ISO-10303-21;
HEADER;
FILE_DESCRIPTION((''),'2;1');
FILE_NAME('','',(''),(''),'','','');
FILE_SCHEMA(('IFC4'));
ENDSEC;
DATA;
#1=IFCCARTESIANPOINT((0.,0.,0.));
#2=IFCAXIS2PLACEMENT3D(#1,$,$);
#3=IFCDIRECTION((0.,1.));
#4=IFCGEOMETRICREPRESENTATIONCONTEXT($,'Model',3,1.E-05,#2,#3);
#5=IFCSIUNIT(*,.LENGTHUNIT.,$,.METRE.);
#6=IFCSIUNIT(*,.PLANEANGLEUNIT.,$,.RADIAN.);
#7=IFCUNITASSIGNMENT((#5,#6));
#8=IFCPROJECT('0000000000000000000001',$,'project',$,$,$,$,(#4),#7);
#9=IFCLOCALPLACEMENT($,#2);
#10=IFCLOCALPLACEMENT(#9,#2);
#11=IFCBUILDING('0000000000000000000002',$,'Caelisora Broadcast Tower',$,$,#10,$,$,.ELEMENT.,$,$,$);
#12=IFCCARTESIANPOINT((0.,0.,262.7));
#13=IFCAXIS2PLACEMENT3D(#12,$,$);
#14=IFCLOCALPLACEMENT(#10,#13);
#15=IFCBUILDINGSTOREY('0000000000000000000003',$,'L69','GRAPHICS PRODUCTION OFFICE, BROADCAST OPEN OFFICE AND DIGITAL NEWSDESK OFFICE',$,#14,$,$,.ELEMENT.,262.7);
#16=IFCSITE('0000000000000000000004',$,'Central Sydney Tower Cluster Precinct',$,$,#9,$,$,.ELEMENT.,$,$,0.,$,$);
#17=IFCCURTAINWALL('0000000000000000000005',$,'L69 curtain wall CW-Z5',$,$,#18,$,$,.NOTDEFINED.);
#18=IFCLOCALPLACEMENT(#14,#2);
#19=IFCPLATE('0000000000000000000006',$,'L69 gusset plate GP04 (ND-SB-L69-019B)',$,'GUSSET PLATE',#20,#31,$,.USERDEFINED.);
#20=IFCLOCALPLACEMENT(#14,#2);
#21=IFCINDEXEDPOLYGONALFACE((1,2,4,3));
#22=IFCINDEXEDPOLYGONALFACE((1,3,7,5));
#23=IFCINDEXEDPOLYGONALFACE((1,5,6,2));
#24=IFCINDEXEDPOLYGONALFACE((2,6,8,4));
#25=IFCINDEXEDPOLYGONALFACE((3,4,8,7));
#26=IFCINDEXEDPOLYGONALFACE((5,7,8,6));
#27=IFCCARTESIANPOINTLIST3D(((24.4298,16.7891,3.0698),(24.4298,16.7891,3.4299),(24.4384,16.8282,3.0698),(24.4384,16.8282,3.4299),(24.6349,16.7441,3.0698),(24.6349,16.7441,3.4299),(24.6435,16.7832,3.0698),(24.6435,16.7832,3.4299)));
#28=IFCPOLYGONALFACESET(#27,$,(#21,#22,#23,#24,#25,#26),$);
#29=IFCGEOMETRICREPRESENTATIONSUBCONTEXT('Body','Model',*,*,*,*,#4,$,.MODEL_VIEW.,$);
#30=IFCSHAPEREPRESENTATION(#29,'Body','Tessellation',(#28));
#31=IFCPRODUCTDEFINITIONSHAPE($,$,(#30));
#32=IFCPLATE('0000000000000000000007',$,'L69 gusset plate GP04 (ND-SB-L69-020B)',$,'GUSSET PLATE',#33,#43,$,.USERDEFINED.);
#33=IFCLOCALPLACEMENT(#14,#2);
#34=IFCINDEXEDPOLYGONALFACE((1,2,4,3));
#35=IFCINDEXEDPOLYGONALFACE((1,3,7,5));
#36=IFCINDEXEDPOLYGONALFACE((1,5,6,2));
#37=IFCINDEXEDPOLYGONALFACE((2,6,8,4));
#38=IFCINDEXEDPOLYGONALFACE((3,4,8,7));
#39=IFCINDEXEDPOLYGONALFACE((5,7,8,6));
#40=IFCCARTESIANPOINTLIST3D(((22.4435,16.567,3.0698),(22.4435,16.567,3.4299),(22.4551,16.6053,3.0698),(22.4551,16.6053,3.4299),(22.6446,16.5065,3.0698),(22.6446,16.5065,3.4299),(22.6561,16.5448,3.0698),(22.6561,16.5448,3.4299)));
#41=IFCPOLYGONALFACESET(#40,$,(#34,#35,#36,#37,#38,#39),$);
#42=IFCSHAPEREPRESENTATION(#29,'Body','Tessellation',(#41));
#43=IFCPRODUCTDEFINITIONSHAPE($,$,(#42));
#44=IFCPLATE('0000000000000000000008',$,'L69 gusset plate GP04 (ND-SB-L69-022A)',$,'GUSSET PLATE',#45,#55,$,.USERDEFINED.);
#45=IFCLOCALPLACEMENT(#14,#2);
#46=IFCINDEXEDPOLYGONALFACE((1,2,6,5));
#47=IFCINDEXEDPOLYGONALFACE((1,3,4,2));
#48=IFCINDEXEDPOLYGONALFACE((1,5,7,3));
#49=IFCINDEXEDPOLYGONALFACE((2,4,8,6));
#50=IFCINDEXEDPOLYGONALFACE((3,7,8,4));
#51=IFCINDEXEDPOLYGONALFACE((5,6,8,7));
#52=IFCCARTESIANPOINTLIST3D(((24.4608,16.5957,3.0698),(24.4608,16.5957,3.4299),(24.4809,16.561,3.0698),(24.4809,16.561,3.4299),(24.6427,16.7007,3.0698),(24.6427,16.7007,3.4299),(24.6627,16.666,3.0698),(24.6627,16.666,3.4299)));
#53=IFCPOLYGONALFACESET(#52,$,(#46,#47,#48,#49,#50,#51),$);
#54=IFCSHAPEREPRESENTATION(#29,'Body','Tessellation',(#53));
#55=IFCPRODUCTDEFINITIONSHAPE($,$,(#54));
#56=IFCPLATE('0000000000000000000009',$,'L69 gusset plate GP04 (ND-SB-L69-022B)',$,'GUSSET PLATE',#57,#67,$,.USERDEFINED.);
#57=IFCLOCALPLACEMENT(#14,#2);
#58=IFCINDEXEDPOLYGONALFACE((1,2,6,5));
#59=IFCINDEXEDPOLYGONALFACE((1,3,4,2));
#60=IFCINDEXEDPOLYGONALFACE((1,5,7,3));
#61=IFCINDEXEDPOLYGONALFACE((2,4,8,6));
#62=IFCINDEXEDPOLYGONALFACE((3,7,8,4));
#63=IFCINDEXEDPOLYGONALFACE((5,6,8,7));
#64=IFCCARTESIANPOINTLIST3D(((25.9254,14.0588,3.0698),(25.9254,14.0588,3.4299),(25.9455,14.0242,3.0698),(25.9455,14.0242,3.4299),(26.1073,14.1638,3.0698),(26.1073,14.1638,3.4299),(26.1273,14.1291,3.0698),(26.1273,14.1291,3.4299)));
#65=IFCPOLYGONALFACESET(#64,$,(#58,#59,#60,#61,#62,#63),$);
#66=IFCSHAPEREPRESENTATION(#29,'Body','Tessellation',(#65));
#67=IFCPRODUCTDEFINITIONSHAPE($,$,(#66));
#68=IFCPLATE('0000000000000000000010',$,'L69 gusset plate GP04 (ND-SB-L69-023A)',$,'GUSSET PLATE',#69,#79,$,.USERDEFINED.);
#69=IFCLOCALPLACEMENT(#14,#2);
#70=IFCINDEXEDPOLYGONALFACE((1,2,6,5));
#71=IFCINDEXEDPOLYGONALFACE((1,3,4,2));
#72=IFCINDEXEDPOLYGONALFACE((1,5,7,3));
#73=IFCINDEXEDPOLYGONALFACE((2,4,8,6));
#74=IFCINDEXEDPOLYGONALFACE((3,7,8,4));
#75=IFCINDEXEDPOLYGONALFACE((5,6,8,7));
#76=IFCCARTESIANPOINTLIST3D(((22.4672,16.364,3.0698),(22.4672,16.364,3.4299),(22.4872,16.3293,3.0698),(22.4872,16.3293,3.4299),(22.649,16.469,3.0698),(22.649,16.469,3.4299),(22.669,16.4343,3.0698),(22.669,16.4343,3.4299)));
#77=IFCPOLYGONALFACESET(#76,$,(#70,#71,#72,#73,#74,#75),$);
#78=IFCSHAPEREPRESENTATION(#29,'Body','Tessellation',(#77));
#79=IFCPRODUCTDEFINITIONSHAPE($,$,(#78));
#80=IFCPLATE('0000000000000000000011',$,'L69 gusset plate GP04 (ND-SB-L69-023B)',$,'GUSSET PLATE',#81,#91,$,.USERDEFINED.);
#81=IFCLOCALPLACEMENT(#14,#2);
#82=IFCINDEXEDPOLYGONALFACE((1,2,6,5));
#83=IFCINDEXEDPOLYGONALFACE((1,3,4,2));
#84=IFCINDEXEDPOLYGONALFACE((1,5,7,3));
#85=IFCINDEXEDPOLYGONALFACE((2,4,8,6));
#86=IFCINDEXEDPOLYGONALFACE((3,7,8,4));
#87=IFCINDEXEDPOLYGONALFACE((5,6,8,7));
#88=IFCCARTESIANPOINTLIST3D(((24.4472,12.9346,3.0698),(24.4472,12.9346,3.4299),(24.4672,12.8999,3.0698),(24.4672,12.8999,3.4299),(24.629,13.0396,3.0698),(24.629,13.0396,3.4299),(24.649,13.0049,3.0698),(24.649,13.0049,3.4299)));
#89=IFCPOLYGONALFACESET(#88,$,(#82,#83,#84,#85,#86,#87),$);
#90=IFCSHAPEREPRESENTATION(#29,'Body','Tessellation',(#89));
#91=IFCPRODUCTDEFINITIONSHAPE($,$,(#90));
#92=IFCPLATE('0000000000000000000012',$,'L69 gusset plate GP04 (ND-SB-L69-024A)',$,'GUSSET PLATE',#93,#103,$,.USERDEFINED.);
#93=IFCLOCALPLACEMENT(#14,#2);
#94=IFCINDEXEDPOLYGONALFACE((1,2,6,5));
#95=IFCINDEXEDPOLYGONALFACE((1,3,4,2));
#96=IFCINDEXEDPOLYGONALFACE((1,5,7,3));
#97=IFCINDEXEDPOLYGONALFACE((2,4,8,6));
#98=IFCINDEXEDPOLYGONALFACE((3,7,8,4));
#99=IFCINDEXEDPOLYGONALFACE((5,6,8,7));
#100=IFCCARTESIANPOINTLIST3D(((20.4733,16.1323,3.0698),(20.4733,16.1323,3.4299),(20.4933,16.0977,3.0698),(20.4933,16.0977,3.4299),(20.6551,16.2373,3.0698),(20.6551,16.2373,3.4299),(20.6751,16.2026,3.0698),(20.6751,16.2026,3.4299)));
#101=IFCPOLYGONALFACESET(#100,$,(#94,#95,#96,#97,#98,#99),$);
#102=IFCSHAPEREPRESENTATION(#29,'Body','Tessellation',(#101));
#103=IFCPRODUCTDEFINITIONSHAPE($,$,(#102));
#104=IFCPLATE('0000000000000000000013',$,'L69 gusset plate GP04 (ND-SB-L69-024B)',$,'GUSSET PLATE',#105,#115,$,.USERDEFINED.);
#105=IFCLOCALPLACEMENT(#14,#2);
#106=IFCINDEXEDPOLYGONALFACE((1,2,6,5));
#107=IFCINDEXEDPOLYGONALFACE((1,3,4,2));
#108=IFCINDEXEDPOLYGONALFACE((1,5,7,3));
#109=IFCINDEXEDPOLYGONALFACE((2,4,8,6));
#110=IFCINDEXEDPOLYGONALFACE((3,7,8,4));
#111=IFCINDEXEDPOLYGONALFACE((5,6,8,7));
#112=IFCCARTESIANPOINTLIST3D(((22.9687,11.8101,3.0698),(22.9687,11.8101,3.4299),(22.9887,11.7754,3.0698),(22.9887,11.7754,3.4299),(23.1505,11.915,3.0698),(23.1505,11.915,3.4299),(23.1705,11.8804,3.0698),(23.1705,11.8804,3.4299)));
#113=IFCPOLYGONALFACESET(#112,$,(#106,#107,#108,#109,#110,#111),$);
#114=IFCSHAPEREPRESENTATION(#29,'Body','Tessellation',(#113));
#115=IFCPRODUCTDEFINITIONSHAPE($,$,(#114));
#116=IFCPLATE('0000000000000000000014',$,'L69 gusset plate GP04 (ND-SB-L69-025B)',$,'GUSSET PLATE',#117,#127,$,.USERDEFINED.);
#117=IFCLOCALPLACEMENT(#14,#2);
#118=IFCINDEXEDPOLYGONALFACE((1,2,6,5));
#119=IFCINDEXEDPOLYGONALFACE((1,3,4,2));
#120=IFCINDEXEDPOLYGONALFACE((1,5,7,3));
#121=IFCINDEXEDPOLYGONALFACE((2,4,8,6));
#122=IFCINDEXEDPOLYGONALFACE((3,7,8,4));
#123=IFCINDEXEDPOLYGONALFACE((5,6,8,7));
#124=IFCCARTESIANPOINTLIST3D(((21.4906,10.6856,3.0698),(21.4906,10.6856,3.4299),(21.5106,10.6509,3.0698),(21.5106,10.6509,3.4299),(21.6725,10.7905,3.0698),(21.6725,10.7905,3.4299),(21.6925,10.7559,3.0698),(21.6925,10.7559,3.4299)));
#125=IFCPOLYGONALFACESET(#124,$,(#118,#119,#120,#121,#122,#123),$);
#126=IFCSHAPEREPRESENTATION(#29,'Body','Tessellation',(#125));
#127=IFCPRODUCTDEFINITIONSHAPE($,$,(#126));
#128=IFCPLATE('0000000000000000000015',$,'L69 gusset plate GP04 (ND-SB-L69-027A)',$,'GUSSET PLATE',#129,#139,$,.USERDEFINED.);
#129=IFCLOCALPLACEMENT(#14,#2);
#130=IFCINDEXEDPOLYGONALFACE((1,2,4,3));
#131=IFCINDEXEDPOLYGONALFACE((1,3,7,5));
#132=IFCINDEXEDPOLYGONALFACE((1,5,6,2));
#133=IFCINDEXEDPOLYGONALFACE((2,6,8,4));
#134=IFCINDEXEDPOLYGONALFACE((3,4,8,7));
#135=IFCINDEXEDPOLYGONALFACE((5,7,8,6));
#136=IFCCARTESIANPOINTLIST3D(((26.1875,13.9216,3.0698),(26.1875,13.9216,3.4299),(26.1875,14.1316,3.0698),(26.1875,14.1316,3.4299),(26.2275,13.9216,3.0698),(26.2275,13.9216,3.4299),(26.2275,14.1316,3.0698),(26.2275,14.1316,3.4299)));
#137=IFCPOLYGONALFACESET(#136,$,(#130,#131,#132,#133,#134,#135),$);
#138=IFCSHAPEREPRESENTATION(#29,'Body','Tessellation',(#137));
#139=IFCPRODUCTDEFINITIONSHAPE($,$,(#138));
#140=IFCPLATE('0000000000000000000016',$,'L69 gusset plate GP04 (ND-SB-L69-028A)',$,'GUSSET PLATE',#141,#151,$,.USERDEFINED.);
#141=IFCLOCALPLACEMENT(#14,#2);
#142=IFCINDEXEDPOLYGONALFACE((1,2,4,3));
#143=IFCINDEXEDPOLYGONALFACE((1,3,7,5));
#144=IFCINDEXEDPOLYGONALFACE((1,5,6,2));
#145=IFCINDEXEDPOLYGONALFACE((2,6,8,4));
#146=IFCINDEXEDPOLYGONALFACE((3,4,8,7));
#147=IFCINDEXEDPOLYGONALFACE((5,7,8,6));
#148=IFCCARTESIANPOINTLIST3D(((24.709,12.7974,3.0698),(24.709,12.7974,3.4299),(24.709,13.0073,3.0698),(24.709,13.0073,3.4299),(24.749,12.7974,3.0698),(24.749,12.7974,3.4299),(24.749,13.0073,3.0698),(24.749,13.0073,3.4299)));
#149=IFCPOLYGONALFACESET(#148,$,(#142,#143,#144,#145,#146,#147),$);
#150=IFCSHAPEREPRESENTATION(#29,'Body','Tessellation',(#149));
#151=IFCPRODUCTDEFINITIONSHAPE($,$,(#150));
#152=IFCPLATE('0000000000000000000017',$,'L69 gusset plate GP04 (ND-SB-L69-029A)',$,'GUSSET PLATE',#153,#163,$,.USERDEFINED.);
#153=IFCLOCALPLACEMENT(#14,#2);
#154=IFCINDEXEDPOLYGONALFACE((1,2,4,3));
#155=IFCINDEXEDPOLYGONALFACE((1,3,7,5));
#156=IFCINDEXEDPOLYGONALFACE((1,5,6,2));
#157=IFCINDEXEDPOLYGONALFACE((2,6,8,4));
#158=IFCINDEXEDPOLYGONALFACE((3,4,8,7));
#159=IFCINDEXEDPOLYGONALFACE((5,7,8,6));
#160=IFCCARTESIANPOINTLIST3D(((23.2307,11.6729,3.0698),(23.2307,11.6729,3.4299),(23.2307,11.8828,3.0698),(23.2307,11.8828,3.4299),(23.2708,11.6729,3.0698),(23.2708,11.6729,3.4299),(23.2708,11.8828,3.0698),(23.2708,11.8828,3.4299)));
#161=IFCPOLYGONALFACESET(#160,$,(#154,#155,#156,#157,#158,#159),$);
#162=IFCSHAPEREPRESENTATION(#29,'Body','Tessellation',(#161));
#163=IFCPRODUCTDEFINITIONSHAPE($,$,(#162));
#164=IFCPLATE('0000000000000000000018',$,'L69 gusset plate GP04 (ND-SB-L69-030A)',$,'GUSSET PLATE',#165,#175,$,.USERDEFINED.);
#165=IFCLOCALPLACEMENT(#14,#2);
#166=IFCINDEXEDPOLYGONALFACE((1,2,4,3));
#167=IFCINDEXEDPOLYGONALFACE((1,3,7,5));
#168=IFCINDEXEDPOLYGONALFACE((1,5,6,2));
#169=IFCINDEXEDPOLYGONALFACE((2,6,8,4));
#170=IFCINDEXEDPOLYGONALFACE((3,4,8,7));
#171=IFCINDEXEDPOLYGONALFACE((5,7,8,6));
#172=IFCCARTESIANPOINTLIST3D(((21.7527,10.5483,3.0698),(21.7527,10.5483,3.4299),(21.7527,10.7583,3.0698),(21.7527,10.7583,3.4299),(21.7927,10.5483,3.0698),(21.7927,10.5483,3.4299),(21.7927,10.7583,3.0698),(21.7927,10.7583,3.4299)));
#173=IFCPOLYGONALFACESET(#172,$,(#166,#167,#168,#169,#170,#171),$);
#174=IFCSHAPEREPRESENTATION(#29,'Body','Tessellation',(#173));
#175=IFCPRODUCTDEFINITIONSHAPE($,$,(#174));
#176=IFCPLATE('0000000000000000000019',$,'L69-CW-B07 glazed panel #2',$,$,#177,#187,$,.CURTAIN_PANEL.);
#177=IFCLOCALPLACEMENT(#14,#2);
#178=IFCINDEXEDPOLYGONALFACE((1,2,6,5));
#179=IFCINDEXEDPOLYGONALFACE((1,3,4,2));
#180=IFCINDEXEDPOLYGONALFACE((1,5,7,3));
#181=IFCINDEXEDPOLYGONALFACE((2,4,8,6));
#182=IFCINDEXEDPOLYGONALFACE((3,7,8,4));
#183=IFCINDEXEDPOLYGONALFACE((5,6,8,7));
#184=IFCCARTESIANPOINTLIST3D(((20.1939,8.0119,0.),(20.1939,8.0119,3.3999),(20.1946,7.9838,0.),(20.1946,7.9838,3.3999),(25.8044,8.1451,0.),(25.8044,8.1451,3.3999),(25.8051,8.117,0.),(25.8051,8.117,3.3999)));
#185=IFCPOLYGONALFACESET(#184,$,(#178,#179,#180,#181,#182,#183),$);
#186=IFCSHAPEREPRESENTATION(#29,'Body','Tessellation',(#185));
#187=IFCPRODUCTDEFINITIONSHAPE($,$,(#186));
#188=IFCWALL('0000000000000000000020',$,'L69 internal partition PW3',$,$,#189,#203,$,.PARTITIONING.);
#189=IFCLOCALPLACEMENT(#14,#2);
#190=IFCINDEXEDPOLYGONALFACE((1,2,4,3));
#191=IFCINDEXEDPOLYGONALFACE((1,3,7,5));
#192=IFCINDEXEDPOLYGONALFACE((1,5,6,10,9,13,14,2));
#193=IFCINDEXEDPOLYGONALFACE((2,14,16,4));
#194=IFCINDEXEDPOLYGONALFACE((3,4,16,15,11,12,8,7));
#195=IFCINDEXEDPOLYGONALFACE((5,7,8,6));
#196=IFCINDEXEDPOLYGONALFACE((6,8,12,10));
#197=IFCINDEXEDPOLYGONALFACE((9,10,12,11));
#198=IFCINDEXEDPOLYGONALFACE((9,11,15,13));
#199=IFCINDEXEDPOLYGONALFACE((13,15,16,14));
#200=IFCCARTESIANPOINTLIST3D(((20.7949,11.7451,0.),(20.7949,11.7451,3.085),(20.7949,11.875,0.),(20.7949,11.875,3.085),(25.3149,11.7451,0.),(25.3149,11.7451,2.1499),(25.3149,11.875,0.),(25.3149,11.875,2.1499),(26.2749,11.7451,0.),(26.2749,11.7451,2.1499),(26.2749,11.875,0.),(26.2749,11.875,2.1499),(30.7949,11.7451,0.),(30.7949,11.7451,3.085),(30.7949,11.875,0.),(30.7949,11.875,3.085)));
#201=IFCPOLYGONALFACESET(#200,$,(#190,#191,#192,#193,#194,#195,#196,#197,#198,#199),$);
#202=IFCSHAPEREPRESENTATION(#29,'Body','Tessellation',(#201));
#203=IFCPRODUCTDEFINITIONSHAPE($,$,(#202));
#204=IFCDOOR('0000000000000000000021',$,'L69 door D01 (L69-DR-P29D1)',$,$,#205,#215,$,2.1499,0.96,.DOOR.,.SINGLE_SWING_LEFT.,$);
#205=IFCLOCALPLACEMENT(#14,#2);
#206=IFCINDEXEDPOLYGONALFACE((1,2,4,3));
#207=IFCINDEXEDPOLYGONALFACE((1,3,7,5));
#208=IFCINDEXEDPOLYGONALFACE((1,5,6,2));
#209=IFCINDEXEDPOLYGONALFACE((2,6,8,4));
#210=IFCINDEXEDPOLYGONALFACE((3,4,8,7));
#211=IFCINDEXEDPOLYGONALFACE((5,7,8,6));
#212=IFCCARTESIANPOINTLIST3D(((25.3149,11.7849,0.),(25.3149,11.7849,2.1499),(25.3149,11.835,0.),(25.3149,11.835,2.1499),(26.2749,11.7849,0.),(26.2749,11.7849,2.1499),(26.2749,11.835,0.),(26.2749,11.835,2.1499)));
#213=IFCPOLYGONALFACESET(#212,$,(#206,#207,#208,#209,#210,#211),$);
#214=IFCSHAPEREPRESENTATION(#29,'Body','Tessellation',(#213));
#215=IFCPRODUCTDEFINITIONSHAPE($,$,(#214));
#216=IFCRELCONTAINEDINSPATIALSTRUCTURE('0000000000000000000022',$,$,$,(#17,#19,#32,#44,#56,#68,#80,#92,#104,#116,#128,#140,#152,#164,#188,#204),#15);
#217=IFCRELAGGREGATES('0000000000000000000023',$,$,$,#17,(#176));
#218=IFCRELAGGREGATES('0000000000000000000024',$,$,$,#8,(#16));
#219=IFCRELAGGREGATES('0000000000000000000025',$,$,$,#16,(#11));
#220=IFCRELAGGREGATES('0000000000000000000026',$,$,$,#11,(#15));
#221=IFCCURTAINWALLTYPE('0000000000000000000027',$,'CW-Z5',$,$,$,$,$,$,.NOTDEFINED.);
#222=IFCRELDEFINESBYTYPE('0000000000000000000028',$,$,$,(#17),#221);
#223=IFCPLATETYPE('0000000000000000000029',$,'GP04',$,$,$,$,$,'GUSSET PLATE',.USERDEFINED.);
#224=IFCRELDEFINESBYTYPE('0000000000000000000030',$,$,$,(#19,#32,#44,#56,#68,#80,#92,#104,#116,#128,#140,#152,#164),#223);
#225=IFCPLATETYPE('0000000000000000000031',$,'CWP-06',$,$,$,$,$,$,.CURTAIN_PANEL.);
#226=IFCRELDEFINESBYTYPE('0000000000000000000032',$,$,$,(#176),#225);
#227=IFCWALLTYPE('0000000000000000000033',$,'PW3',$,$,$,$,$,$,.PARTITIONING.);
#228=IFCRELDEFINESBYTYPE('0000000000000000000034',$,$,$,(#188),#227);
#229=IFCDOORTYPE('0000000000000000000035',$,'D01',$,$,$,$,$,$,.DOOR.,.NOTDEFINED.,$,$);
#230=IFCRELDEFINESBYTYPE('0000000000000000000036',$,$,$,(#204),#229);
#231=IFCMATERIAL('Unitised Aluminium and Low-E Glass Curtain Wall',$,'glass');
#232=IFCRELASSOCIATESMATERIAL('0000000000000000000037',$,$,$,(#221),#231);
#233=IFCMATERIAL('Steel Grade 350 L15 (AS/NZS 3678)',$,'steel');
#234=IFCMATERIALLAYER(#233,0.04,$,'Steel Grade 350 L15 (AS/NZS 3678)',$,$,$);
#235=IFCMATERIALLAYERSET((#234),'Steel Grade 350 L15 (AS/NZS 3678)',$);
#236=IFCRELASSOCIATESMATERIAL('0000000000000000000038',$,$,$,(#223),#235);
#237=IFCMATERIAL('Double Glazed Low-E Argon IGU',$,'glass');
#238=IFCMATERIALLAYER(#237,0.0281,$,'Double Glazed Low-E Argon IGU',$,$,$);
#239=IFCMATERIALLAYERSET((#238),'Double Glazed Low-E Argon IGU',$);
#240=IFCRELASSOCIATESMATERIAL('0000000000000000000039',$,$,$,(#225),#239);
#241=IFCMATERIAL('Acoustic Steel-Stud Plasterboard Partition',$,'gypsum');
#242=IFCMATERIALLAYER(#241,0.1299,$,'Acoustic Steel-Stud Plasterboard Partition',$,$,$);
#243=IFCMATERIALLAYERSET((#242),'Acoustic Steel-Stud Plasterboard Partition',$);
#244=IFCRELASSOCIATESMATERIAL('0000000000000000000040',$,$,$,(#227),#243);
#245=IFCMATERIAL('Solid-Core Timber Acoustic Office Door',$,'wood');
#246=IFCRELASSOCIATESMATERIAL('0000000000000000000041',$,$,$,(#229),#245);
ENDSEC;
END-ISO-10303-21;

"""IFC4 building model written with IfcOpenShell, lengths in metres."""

from ifc_helpers import new_model, si_unit, direction, frame, frame_2d, origin, origin_2d, place, context, subcontext, project, spatial, rectangle, extrude, source, transform, mapped, material, layer, layer_set, type_object, type_shapes, element, fill, aggregate, save


model = new_model("IFC4")

# Units and contexts
model_context = context("Model", 3, precision=1e-05, world=origin(), true_north=direction((0.0, 1.0)))
body_context = subcontext(model_context, "Body", "Model", "MODEL_VIEW")
ifc_project = project(units=[si_unit("LENGTHUNIT", "METRE"), si_unit("PLANEANGLEUNIT", "RADIAN")], contexts=[model_context])

# Site, building, storey
site_placement = place(None, origin())
site = spatial("IfcSite", under=ifc_project, at=site_placement, Name="Central Sydney Tower Cluster Precinct", CompositionType="ELEMENT", RefElevation=0.0)
building_placement = place(site_placement, origin())
building = spatial("IfcBuilding", under=site, at=building_placement, Name="Caelisora Broadcast Tower", CompositionType="ELEMENT")
storey_placement = place(building_placement, frame((0.0, 0.0, 262.7)))
storey = spatial("IfcBuildingStorey", under=building, at=storey_placement, Name="L69", Description="GRAPHICS PRODUCTION OFFICE, BROADCAST OPEN OFFICE AND DIGITAL NEWSDESK OFFICE", CompositionType="ELEMENT", Elevation=262.7)

# Shared definitions
ifc_material_1 = material(Name="Steel Grade 350 L15 (AS/NZS 3678)", Category="steel")

# Curtain wall
ifc_material_2 = material(Name="Unitised Aluminium and Low-E Glass Curtain Wall", Category="glass")
curtain_wall_type = type_object("IfcCurtainWallType", Name="CW-Z5", PredefinedType="NOTDEFINED", material=ifc_material_2)
curtain_wall_placement = place(storey_placement, origin())
curtain_wall = element("IfcCurtainWall", 1, at=curtain_wall_placement, inside=storey, type_object=curtain_wall_type, Name="L69 curtain wall CW-Z5", PredefinedType="NOTDEFINED")

# Plates
ifc_layer_1 = layer(ifc_material_1, 0.04, Name="Steel Grade 350 L15 (AS/NZS 3678)")
ifc_layer_set_1 = layer_set([ifc_layer_1], Name="Steel Grade 350 L15 (AS/NZS 3678)")
plate_type_1 = type_object("IfcPlateType", Name="GP04", ElementType="GUSSET PLATE", PredefinedType="USERDEFINED", material=ifc_layer_set_1)
shared_shape_1 = source(origin(), body_context, "Body", "SweptSolid", [
    extrude(rectangle(XDim=0.21, YDim=0.04, at=origin_2d()), origin(), (0.0, 0.0, 1.0), 0.3601),
])
type_shapes(plate_type_1, [shared_shape_1])
for number, where, z_axis, x_axis, name in (
    (2, (24.5366, 16.7861, 3.0698), (0.0, 0.0, 1.0), (0.976747, -0.214394, 0.0), "L69 gusset plate GP04 (ND-SB-L69-019B)"),
    (3, (22.5498, 16.5559, 3.0698), (0.0, 0.0, 1.0), (0.957521, -0.288363, 0.0), "L69 gusset plate GP04 (ND-SB-L69-020B)"),
    (4, (24.5618, 16.6309, 3.0698), (0.0, 0.0, 1.0), (0.866025, 0.5, 0.0), "L69 gusset plate GP04 (ND-SB-L69-022A)"),
    (5, (26.0264, 14.094, 3.0698), (0.0, 0.0, 1.0), (0.866025, 0.5, 0.0), "L69 gusset plate GP04 (ND-SB-L69-022B)"),
    (6, (22.5681, 16.3992, 3.0698), (0.0, 0.0, 1.0), (0.866025, 0.5, 0.0), "L69 gusset plate GP04 (ND-SB-L69-023A)"),
    (7, (24.5481, 12.9697, 3.0698), (0.0, 0.0, 1.0), (0.866025, 0.5, 0.0), "L69 gusset plate GP04 (ND-SB-L69-023B)"),
    (8, (20.5742, 16.1675, 3.0698), (0.0, 0.0, 1.0), (0.866025, 0.5, 0.0), "L69 gusset plate GP04 (ND-SB-L69-024A)"),
    (9, (23.0696, 11.8452, 3.0698), (0.0, 0.0, 1.0), (0.866025, 0.5, 0.0), "L69 gusset plate GP04 (ND-SB-L69-024B)"),
    (10, (21.5916, 10.7207, 3.0698), (0.0, 0.0, 1.0), (0.866025, 0.5, 0.0), "L69 gusset plate GP04 (ND-SB-L69-025B)"),
    (11, (26.2075, 14.0266, 3.0698), (0.0, 0.0, 1.0), (0.0, 1.0, 0.0), "L69 gusset plate GP04 (ND-SB-L69-027A)"),
    (12, (24.729, 12.9023, 3.0698), (0.0, 0.0, 1.0), (0.0, 1.0, 0.0), "L69 gusset plate GP04 (ND-SB-L69-028A)"),
    (13, (23.2507, 11.7778, 3.0698), (0.0, 0.0, 1.0), (0.0, 1.0, 0.0), "L69 gusset plate GP04 (ND-SB-L69-029A)"),
    (14, (21.7727, 10.6533, 3.0698), (0.0, 0.0, 1.0), (0.0, 1.0, 0.0), "L69 gusset plate GP04 (ND-SB-L69-030A)"),
):
    element("IfcPlate", number, at=place(storey_placement, frame(where, z_axis=z_axis, x_axis=x_axis)), inside=storey, type_object=plate_type_1, Name=name, ObjectType="GUSSET PLATE", PredefinedType="USERDEFINED", context=body_context, shape_type="MappedRepresentation", body=[
        mapped(shared_shape_1, transform((0.0, 0.0, 0.0), scale=1.0)),
    ])

# Plate
ifc_material_3 = material(Name="Double Glazed Low-E Argon IGU", Category="glass")
ifc_layer_2 = layer(ifc_material_3, 0.0281, Name="Double Glazed Low-E Argon IGU")
ifc_layer_set_2 = layer_set([ifc_layer_2], Name="Double Glazed Low-E Argon IGU")
plate_type_2 = type_object("IfcPlateType", Name="CWP-06", PredefinedType="CURTAIN_PANEL", material=ifc_layer_set_2)
shared_shape_2 = source(origin(), body_context, "Body", "SweptSolid", [
    extrude(rectangle(XDim=5.6121, YDim=0.0281, at=origin_2d()), origin(), (0.0, 0.0, 1.0), 3.3999),
])
type_shapes(plate_type_2, [shared_shape_2])
plate_placement = place(storey_placement, frame((22.9995, 8.0645, 0.0), z_axis=(0.0, 0.0, 1.0), x_axis=(-0.999718, -0.023734, 0.0)))
plate = element("IfcPlate", 15, at=plate_placement, type_object=plate_type_2, Name="L69-CW-B07 glazed panel #2", PredefinedType="CURTAIN_PANEL", context=body_context, shape_type="MappedRepresentation", body=[
    mapped(shared_shape_2, transform((0.0, 0.0, 0.0), scale=1.0)),
])
aggregate(curtain_wall, [plate])

# Wall, opening, door
ifc_material_4 = material(Name="Acoustic Steel-Stud Plasterboard Partition", Category="gypsum")
ifc_layer_3 = layer(ifc_material_4, 0.1299, Name="Acoustic Steel-Stud Plasterboard Partition")
ifc_layer_set_3 = layer_set([ifc_layer_3], Name="Acoustic Steel-Stud Plasterboard Partition")
wall_type = type_object("IfcWallType", Name="PW3", PredefinedType="PARTITIONING", material=ifc_layer_set_3)
wall_1_placement = place(storey_placement, frame((20.7949, 11.8101, 0.0), z_axis=(0.0, 0.0, 1.0), x_axis=(1.0, 0.0, 0.0)))
wall_1 = element("IfcWall", 16, at=wall_1_placement, inside=storey, type_object=wall_type, Name="L69 internal partition PW3", PredefinedType="PARTITIONING", context=body_context, shape_type="SweptSolid", body=[
    extrude(rectangle(XDim=10.0, YDim=0.1299, at=frame_2d((5.0, 0.0))), origin(), (0.0, 0.0, 1.0), 3.085),
])
opening_1_placement = place(wall_1_placement, frame((4.52, 0.0, 0.0)))
opening_1 = element("IfcOpeningElement", 17, at=opening_1_placement, cuts=wall_1, PredefinedType="OPENING", context=body_context, shape_type="SweptSolid", body=[
    extrude(rectangle(XDim=0.96, YDim=2.1499, at=frame_2d((0.48, 1.075))), frame((0.0, 0.0769, 0.0), z_axis=(0.0, -1.0, 0.0), x_axis=(1.0, 0.0, 0.0)), (0.0, 0.0, 1.0), 0.1538),
])
ifc_material_5 = material(Name="Solid-Core Timber Acoustic Office Door", Category="wood")
door_type = type_object("IfcDoorType", Name="D01", OperationType="NOTDEFINED", PredefinedType="DOOR", material=ifc_material_5)
door_1_placement = place(opening_1_placement, origin())
door_1 = element("IfcDoor", 18, at=door_1_placement, inside=storey, type_object=door_type, Name="L69 door D01 (L69-DR-P29D1)", OperationType="SINGLE_SWING_LEFT", OverallHeight=2.1499, OverallWidth=0.96, PredefinedType="DOOR", context=body_context, shape_type="SweptSolid", body=[
    extrude(rectangle(XDim=0.96, YDim=2.1499, at=frame_2d((0.48, 1.075))), frame((0.0, 0.0249, 0.0), z_axis=(0.0, -1.0, 0.0), x_axis=(1.0, 0.0, 0.0)), (0.0, 0.0, 1.0), 0.05),
])
fill(opening_1, door_1)

save(model, "model.ifc")
